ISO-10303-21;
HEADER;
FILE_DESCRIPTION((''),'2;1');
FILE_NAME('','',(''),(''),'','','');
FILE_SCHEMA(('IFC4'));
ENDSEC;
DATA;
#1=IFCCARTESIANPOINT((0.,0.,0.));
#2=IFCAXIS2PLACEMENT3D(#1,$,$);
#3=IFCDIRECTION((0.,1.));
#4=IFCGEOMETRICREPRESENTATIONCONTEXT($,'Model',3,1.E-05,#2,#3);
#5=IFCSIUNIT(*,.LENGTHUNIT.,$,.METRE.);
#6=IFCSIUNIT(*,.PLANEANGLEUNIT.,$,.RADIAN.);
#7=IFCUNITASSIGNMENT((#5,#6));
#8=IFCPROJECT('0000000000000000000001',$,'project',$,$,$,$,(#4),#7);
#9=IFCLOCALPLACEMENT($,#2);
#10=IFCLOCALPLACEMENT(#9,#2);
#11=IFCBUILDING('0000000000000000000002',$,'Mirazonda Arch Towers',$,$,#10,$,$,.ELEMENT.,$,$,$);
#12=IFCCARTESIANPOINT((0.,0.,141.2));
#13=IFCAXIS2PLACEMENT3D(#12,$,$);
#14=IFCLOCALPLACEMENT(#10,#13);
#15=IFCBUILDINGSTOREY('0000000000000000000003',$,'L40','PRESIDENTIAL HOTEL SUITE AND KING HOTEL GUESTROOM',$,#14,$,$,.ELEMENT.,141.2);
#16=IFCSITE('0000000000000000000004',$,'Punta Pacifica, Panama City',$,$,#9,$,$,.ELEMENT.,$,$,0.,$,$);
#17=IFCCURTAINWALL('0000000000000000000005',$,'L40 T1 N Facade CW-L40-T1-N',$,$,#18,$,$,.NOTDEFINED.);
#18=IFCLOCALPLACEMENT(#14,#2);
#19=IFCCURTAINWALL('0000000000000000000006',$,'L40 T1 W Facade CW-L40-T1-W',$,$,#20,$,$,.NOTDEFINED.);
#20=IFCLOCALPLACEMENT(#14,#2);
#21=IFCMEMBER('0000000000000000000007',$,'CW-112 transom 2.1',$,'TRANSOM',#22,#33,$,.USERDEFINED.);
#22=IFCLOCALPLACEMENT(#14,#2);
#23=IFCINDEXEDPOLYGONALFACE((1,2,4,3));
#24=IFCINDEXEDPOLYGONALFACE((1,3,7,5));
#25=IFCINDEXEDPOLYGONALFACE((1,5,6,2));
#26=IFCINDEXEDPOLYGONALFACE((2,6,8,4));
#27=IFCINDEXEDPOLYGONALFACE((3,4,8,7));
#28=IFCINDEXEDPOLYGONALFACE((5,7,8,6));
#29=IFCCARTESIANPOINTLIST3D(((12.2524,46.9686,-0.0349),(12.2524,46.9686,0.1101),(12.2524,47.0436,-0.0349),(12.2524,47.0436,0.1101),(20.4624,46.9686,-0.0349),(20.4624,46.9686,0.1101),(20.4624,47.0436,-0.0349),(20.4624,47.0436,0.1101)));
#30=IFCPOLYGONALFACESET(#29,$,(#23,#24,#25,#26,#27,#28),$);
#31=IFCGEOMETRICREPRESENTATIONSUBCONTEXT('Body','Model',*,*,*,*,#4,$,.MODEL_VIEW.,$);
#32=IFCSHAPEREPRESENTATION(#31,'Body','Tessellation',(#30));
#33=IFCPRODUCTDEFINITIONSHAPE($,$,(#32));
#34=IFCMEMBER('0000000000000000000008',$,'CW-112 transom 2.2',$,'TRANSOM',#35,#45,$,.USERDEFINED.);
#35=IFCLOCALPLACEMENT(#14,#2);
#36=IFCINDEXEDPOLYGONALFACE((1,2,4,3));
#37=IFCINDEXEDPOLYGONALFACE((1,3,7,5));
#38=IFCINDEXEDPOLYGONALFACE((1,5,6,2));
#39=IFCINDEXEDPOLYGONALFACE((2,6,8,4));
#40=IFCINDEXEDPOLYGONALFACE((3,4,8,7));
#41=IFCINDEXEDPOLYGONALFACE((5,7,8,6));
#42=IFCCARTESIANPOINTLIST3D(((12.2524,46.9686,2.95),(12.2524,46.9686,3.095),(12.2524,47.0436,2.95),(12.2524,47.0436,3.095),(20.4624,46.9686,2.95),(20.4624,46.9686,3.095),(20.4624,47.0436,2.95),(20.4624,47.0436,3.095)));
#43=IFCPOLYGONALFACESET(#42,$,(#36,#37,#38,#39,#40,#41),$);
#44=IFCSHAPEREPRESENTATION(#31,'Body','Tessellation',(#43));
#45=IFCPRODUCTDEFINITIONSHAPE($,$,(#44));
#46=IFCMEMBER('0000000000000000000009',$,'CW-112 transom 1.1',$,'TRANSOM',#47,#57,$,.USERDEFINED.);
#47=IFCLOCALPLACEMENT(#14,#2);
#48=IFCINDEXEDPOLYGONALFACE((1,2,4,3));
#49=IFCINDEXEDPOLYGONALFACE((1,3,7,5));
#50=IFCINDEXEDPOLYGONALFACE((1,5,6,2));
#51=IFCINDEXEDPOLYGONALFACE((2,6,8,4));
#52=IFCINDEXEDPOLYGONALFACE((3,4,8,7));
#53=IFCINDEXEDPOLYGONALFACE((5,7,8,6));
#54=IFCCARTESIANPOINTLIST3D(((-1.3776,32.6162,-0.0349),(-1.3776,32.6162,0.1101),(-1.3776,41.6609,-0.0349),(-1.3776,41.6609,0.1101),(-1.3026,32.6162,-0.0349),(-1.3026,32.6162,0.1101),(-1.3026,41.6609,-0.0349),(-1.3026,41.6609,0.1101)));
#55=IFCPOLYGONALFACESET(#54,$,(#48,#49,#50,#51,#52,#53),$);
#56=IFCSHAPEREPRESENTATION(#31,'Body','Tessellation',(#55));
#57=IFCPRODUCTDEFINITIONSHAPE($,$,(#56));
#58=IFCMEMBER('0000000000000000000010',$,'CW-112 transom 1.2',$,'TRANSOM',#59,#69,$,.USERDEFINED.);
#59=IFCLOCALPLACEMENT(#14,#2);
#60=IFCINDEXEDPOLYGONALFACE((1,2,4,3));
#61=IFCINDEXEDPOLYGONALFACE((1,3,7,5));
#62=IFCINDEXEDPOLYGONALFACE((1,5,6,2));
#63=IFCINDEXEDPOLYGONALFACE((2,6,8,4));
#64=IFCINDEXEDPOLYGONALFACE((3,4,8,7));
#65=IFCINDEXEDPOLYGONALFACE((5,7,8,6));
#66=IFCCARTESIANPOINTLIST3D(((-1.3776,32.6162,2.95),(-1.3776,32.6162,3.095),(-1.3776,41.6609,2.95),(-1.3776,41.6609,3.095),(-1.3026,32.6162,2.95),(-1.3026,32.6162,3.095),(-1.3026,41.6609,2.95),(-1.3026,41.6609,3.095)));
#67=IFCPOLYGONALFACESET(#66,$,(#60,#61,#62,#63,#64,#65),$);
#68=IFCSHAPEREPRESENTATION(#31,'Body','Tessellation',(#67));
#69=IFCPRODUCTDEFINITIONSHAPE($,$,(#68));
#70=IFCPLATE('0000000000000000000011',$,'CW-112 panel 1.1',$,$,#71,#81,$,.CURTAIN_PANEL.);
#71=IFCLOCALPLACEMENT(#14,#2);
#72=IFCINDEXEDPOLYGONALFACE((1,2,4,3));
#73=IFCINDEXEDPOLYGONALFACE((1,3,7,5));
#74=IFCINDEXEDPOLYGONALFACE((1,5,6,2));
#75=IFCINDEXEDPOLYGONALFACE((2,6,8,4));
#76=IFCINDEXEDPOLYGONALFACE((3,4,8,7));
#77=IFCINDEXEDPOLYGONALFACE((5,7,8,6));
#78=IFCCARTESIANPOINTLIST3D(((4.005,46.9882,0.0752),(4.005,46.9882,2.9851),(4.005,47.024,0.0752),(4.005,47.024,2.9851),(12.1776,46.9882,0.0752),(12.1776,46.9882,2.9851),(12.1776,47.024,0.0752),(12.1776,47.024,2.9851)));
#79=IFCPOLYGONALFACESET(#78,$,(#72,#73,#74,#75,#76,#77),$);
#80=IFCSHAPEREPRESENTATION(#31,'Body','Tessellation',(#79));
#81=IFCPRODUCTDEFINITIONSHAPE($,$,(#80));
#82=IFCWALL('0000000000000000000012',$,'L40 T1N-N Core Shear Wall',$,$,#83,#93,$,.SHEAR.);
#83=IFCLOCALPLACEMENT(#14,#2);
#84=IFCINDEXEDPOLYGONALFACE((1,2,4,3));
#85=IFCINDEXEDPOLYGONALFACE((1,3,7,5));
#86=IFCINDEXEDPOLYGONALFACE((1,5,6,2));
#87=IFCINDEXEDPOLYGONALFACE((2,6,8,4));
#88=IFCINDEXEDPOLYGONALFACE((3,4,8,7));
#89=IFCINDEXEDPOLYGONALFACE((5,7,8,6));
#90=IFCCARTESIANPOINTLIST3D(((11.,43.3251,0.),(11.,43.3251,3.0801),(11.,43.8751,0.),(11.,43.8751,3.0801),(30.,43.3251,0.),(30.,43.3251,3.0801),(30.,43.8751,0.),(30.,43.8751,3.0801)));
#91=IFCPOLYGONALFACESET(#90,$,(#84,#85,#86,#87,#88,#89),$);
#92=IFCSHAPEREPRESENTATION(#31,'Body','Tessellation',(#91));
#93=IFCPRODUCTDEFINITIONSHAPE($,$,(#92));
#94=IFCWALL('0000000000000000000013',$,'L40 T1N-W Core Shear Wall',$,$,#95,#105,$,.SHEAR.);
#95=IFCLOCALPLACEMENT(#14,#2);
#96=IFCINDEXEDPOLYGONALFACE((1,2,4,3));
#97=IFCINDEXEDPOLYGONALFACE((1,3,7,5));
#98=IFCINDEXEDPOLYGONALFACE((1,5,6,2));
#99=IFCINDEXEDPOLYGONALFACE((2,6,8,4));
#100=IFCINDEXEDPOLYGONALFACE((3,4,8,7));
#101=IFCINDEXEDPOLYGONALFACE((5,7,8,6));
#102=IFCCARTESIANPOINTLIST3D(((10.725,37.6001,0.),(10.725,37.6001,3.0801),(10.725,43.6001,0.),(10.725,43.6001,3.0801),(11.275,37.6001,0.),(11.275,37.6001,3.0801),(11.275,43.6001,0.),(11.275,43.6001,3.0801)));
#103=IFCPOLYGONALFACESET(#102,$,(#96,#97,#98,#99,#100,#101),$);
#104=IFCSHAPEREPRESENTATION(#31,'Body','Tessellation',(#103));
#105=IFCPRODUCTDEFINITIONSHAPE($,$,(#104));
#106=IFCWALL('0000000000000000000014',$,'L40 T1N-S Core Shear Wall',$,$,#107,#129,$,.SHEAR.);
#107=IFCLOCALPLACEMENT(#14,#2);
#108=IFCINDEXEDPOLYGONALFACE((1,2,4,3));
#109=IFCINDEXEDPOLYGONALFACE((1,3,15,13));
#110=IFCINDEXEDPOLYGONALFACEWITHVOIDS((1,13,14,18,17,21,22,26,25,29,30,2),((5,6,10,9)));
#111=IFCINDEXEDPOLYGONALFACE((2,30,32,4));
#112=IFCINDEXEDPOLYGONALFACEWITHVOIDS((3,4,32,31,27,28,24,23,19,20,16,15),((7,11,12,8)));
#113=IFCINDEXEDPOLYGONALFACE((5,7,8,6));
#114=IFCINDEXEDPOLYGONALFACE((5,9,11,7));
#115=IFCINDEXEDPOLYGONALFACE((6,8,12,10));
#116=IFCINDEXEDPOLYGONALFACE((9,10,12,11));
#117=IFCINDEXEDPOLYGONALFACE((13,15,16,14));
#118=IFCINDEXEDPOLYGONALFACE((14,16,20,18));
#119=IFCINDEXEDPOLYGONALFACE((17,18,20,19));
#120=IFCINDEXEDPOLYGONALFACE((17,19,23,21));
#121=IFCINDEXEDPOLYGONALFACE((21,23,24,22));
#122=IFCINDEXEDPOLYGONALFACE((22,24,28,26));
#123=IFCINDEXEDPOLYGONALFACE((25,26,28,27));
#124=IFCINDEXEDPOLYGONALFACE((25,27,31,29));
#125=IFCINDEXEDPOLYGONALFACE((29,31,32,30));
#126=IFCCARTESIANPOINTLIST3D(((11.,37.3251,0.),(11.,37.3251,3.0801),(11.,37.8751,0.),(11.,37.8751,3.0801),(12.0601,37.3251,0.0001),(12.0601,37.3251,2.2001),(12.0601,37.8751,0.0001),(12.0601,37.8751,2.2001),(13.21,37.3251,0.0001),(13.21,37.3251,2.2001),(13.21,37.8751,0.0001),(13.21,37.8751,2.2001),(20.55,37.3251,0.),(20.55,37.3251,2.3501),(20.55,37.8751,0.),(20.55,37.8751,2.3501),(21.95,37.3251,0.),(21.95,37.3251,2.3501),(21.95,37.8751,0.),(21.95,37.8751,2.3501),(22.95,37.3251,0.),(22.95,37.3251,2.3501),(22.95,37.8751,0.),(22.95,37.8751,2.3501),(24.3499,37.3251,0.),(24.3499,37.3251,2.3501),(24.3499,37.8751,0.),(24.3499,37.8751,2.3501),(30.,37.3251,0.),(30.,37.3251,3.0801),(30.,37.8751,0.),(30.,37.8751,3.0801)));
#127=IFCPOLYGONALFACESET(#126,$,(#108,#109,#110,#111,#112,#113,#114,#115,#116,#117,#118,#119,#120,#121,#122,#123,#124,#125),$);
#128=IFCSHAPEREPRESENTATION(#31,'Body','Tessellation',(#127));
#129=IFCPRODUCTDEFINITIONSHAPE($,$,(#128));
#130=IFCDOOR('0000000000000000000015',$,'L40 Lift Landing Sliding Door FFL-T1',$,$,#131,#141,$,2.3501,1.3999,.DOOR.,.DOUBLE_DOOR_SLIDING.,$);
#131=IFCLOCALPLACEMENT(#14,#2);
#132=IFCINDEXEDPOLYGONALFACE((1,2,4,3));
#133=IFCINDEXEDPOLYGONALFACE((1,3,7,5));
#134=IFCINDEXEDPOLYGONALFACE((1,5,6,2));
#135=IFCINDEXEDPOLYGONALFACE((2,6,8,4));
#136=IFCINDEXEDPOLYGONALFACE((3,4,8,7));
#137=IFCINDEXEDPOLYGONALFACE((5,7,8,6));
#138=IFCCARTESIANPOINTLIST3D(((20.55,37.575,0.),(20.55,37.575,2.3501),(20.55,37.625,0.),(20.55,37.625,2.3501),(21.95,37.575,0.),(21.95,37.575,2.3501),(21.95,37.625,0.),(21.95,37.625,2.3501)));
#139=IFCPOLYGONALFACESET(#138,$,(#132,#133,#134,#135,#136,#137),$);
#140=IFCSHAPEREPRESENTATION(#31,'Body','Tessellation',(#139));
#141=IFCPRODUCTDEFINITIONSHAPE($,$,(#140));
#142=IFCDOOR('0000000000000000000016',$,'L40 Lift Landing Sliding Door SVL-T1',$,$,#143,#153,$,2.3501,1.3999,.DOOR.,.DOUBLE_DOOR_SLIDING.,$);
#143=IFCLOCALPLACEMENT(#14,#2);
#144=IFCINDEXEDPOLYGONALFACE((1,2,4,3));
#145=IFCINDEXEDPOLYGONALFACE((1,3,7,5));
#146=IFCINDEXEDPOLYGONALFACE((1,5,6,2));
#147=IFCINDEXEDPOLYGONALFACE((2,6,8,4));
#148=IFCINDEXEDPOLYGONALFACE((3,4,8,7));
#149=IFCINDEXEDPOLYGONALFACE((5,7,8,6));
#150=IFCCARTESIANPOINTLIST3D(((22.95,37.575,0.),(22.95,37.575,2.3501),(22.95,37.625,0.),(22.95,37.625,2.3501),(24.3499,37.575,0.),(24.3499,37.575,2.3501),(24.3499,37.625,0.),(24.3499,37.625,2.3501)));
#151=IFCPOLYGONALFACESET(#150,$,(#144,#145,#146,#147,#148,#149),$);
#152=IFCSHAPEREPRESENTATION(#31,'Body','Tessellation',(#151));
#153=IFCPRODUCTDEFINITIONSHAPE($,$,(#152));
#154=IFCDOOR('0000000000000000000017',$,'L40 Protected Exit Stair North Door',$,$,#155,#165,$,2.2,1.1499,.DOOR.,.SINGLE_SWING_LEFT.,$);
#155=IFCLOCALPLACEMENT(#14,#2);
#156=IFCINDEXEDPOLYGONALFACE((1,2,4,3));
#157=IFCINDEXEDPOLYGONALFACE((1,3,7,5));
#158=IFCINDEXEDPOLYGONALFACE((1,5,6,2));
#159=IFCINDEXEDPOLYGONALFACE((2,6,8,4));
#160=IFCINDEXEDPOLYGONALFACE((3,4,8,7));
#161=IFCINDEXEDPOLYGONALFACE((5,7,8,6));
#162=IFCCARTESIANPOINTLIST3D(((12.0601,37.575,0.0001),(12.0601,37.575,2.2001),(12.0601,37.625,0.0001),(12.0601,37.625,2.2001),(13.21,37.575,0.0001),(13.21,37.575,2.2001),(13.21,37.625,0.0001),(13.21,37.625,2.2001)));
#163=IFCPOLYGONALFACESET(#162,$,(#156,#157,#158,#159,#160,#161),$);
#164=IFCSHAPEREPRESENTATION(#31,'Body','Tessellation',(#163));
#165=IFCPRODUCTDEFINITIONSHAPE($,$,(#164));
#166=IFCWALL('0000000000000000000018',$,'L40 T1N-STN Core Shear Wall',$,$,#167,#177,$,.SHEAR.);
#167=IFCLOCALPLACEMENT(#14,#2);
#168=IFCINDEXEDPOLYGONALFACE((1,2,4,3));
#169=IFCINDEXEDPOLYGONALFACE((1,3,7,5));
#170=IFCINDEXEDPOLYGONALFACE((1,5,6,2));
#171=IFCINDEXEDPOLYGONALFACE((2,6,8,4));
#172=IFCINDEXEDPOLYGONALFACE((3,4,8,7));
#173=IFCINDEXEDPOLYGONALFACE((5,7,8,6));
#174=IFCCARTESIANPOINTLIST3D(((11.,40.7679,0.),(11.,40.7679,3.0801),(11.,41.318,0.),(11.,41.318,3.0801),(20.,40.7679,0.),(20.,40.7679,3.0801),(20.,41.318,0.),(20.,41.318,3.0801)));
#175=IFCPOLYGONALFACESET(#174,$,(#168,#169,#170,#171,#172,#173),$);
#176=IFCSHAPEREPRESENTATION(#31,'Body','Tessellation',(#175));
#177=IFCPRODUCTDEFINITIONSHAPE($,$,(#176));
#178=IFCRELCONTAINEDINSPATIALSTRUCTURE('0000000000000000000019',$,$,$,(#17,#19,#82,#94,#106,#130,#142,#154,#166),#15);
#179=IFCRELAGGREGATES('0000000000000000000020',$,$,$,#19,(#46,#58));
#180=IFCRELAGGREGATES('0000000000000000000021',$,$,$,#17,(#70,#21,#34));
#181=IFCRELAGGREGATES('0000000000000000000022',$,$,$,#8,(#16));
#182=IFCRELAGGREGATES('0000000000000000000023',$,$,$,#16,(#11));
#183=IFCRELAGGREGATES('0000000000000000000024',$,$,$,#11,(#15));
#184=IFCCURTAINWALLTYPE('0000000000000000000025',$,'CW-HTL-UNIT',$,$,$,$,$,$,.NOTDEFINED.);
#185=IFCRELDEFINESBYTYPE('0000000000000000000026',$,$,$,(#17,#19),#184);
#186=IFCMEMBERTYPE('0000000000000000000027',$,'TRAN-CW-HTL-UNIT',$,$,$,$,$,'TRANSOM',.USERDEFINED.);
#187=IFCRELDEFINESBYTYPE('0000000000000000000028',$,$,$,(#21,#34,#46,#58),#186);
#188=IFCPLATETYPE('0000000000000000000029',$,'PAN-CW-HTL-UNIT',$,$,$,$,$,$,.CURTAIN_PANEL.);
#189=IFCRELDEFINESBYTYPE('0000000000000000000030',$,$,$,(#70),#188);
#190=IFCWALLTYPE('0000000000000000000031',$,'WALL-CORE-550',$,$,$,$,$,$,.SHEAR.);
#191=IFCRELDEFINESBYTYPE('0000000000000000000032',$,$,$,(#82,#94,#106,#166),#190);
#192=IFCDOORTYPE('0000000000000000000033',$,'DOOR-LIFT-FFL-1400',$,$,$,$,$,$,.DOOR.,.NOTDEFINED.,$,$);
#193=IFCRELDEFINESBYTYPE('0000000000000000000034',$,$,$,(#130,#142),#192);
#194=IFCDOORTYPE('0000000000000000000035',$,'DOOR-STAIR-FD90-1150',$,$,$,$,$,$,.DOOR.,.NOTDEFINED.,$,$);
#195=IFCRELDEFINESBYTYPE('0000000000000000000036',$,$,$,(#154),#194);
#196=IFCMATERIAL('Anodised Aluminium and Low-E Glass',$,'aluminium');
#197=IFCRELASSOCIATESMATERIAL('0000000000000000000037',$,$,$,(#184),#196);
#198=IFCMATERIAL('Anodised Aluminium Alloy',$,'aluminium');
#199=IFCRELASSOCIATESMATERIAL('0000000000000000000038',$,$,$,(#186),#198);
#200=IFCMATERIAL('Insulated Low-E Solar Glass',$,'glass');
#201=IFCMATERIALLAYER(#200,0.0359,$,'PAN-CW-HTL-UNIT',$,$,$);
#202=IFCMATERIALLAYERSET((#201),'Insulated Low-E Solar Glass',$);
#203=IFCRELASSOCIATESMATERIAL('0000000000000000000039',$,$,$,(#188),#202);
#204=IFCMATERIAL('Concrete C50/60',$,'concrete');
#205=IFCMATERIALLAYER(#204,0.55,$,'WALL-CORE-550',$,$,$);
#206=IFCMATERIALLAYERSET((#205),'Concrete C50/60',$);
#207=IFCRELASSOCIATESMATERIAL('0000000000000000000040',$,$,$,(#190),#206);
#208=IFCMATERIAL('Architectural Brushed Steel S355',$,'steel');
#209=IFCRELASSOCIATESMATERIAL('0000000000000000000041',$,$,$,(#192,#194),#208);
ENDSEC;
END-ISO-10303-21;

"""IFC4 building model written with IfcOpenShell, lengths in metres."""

from ifc_helpers import new_model, si_unit, direction, frame, frame_2d, origin, origin_2d, place, context, subcontext, project, spatial, rectangle, extrude, material, layer, layer_set, material_profile, profile_set, type_object, element, fill, aggregate, save


model = new_model("IFC4")

# Units and contexts
model_context = context("Model", 3, precision=1e-05, world=origin(), true_north=direction((0.0, 1.0)))
body_context = subcontext(model_context, "Body", "Model", "MODEL_VIEW")
ifc_project = project(units=[si_unit("LENGTHUNIT", "METRE"), si_unit("PLANEANGLEUNIT", "RADIAN")], contexts=[model_context])

# Site, building, storey
site_placement = place(None, origin())
site = spatial("IfcSite", under=ifc_project, at=site_placement, Name="Punta Pacifica, Panama City", CompositionType="ELEMENT", RefElevation=0.0)
building_placement = place(site_placement, origin())
building = spatial("IfcBuilding", under=site, at=building_placement, Name="Mirazonda Arch Towers", CompositionType="ELEMENT")
storey_placement = place(building_placement, frame((0.0, 0.0, 141.2)))
storey = spatial("IfcBuildingStorey", under=building, at=storey_placement, Name="L40", Description="PRESIDENTIAL HOTEL SUITE AND KING HOTEL GUESTROOM", CompositionType="ELEMENT", Elevation=141.2)

# Shared definitions
ifc_material_1 = material(Name="Concrete C50/60", Category="concrete")

# Curtain wall
ifc_material_2 = material(Name="Anodised Aluminium and Low-E Glass", Category="aluminium")
curtain_wall_type = type_object("IfcCurtainWallType", Name="CW-HTL-UNIT", PredefinedType="NOTDEFINED", material=ifc_material_2)
curtain_wall_1_placement = place(storey_placement, origin())
curtain_wall_1 = element("IfcCurtainWall", 1, at=curtain_wall_1_placement, inside=storey, type_object=curtain_wall_type, Name="L40 T1 N Facade CW-L40-T1-N", PredefinedType="NOTDEFINED")
ifc_material_3 = material(Name="Anodised Aluminium Alloy", Category="aluminium")

# Curtain wall
curtain_wall_2_placement = place(storey_placement, origin())
curtain_wall_2 = element("IfcCurtainWall", 2, at=curtain_wall_2_placement, inside=storey, type_object=curtain_wall_type, Name="L40 T1 W Facade CW-L40-T1-W", PredefinedType="NOTDEFINED")

# Members
ifc_material_profile_1 = material_profile(ifc_material_3, rectangle(XDim=0.075, YDim=0.145, at=origin_2d()), Name="ALU-TRAN-75x145")
ifc_profile_set_1 = profile_set([ifc_material_profile_1], Name="Anodised Aluminium Alloy")
member_type_1 = type_object("IfcMemberType", Name="TRAN-CW-HTL-UNIT", ElementType="TRANSOM", PredefinedType="USERDEFINED", material=ifc_profile_set_1)
member_1_placement = place(storey_placement, frame((12.2524, 47.0061, 0.0376), z_axis=(1.0, 0.0, 0.0), x_axis=(0.0, 1.0, 0.0)))
member_1 = element("IfcMember", 3, at=member_1_placement, type_object=member_type_1, Name="CW-112 transom 2.1", ObjectType="TRANSOM", PredefinedType="USERDEFINED", context=body_context, shape_type="SweptSolid", body=[
    extrude(rectangle(XDim=0.075, YDim=0.145, at=origin_2d()), origin(), (0.0, 0.0, 1.0), 8.21),
])
member_2_placement = place(storey_placement, frame((12.2524, 47.0061, 3.0225), z_axis=(1.0, 0.0, 0.0), x_axis=(0.0, 1.0, 0.0)))
member_2 = element("IfcMember", 4, at=member_2_placement, type_object=member_type_1, Name="CW-112 transom 2.2", ObjectType="TRANSOM", PredefinedType="USERDEFINED", context=body_context, shape_type="SweptSolid", body=[
    extrude(rectangle(XDim=0.075, YDim=0.145, at=origin_2d()), origin(), (0.0, 0.0, 1.0), 8.21),
])
member_3_placement = place(storey_placement, frame((-1.3401, 41.6609, 0.0376), z_axis=(0.0, -1.0, 0.0), x_axis=(1.0, 0.0, 0.0)))
member_3 = element("IfcMember", 5, at=member_3_placement, type_object=member_type_1, Name="CW-112 transom 1.1", ObjectType="TRANSOM", PredefinedType="USERDEFINED", context=body_context, shape_type="SweptSolid", body=[
    extrude(rectangle(XDim=0.075, YDim=0.145, at=origin_2d()), origin(), (0.0, 0.0, 1.0), 9.0447),
])
member_4_placement = place(storey_placement, frame((-1.3401, 41.6609, 3.0225), z_axis=(0.0, -1.0, 0.0), x_axis=(1.0, 0.0, 0.0)))
member_4 = element("IfcMember", 6, at=member_4_placement, type_object=member_type_1, Name="CW-112 transom 1.2", ObjectType="TRANSOM", PredefinedType="USERDEFINED", context=body_context, shape_type="SweptSolid", body=[
    extrude(rectangle(XDim=0.075, YDim=0.145, at=origin_2d()), origin(), (0.0, 0.0, 1.0), 9.0447),
])
aggregate(curtain_wall_2, [member_3, member_4])

# Plate
ifc_material_4 = material(Name="Insulated Low-E Solar Glass", Category="glass")
ifc_layer_1 = layer(ifc_material_4, 0.0359, Name="PAN-CW-HTL-UNIT")
ifc_layer_set_1 = layer_set([ifc_layer_1], Name="Insulated Low-E Solar Glass")
plate_type = type_object("IfcPlateType", Name="PAN-CW-HTL-UNIT", PredefinedType="CURTAIN_PANEL", material=ifc_layer_set_1)
plate_placement = place(storey_placement, frame((8.0913, 47.0061, 0.0752), z_axis=(0.0, 0.0, 1.0), x_axis=(1.0, 0.0, 0.0)))
plate = element("IfcPlate", 7, at=plate_placement, type_object=plate_type, Name="CW-112 panel 1.1", PredefinedType="CURTAIN_PANEL", context=body_context, shape_type="SweptSolid", body=[
    extrude(rectangle(XDim=8.1726, YDim=0.0359, at=origin_2d()), origin(), (0.0, 0.0, 1.0), 2.9099),
])
aggregate(curtain_wall_1, [plate, member_1, member_2])

# Walls
ifc_layer_2 = layer(ifc_material_1, 0.55, Name="WALL-CORE-550")
ifc_layer_set_2 = layer_set([ifc_layer_2], Name="Concrete C50/60")
wall_type_1 = type_object("IfcWallType", Name="WALL-CORE-550", PredefinedType="SHEAR", material=ifc_layer_set_2)
wall_1_placement = place(storey_placement, frame((11.0, 43.6001, 0.0), z_axis=(0.0, 0.0, 1.0), x_axis=(1.0, 0.0, 0.0)))
element("IfcWall", 8, at=wall_1_placement, inside=storey, type_object=wall_type_1, Name="L40 T1N-N Core Shear Wall", PredefinedType="SHEAR", context=body_context, shape_type="SweptSolid", body=[
    extrude(rectangle(XDim=19.0, YDim=0.55, at=frame_2d((9.5, 0.0))), origin(), (0.0, 0.0, 1.0), 3.0801),
])
wall_2_placement = place(storey_placement, frame((11.0, 37.6001, 0.0), z_axis=(0.0, 0.0, 1.0), x_axis=(0.0, 1.0, 0.0)))
element("IfcWall", 9, at=wall_2_placement, inside=storey, type_object=wall_type_1, Name="L40 T1N-W Core Shear Wall", PredefinedType="SHEAR", context=body_context, shape_type="SweptSolid", body=[
    extrude(rectangle(XDim=6.0, YDim=0.55, at=frame_2d((3.0, 0.0))), origin(), (0.0, 0.0, 1.0), 3.0801),
])

# Wall, openings, doors
wall_3_placement = place(storey_placement, frame((11.0, 37.6001, 0.0), z_axis=(0.0, 0.0, 1.0), x_axis=(1.0, 0.0, 0.0)))
wall_3 = element("IfcWall", 10, at=wall_3_placement, inside=storey, type_object=wall_type_1, Name="L40 T1N-S Core Shear Wall", PredefinedType="SHEAR", context=body_context, shape_type="SweptSolid", body=[
    extrude(rectangle(XDim=19.0, YDim=0.55, at=frame_2d((9.5, 0.0))), origin(), (0.0, 0.0, 1.0), 3.0801),
])
opening_1_placement = place(wall_3_placement, frame((1.0601, 0.0, 0.0)))
opening_1 = element("IfcOpeningElement", 11, at=opening_1_placement, cuts=wall_3, PredefinedType="OPENING", context=body_context, shape_type="SweptSolid", body=[
    extrude(rectangle(XDim=1.1499, YDim=2.2, at=frame_2d((0.575, 1.1001))), frame((0.0, 0.2849, 0.0), z_axis=(0.0, -1.0, 0.0), x_axis=(1.0, 0.0, 0.0)), (0.0, 0.0, 1.0), 0.5701),
])
opening_2_placement = place(wall_3_placement, frame((9.55, 0.0, 0.0)))
opening_2 = element("IfcOpeningElement", 12, at=opening_2_placement, cuts=wall_3, PredefinedType="OPENING", context=body_context, shape_type="SweptSolid", body=[
    extrude(rectangle(XDim=1.3999, YDim=2.3501, at=frame_2d((0.7, 1.175))), frame((0.0, 0.2849, 0.0), z_axis=(0.0, -1.0, 0.0), x_axis=(1.0, 0.0, 0.0)), (0.0, 0.0, 1.0), 0.5701),
])
opening_3_placement = place(wall_3_placement, frame((11.95, 0.0, 0.0)))
opening_3 = element("IfcOpeningElement", 13, at=opening_3_placement, cuts=wall_3, PredefinedType="OPENING", context=body_context, shape_type="SweptSolid", body=[
    extrude(rectangle(XDim=1.3999, YDim=2.3501, at=frame_2d((0.7, 1.175))), frame((0.0, 0.2849, 0.0), z_axis=(0.0, -1.0, 0.0), x_axis=(1.0, 0.0, 0.0)), (0.0, 0.0, 1.0), 0.5701),
])
ifc_material_5 = material(Name="Architectural Brushed Steel S355", Category="steel")
door_type_1 = type_object("IfcDoorType", Name="DOOR-LIFT-FFL-1400", OperationType="NOTDEFINED", PredefinedType="DOOR", material=ifc_material_5)
door_1_placement = place(opening_2_placement, origin())
door_1 = element("IfcDoor", 14, at=door_1_placement, inside=storey, type_object=door_type_1, Name="L40 Lift Landing Sliding Door FFL-T1", OperationType="DOUBLE_DOOR_SLIDING", OverallHeight=2.3501, OverallWidth=1.3999, PredefinedType="DOOR", context=body_context, shape_type="SweptSolid", body=[
    extrude(rectangle(XDim=1.3999, YDim=2.3501, at=frame_2d((0.7, 1.175))), frame((0.0, 0.0249, 0.0), z_axis=(0.0, -1.0, 0.0), x_axis=(1.0, 0.0, 0.0)), (0.0, 0.0, 1.0), 0.05),
])
fill(opening_2, door_1)
door_2_placement = place(opening_3_placement, origin())
door_2 = element("IfcDoor", 15, at=door_2_placement, inside=storey, type_object=door_type_1, Name="L40 Lift Landing Sliding Door SVL-T1", OperationType="DOUBLE_DOOR_SLIDING", OverallHeight=2.3501, OverallWidth=1.3999, PredefinedType="DOOR", context=body_context, shape_type="SweptSolid", body=[
    extrude(rectangle(XDim=1.3999, YDim=2.3501, at=frame_2d((0.7, 1.175))), frame((0.0, 0.0249, 0.0), z_axis=(0.0, -1.0, 0.0), x_axis=(1.0, 0.0, 0.0)), (0.0, 0.0, 1.0), 0.05),
])
fill(opening_3, door_2)
door_type_2 = type_object("IfcDoorType", Name="DOOR-STAIR-FD90-1150", OperationType="NOTDEFINED", PredefinedType="DOOR", material=ifc_material_5)
door_3_placement = place(opening_1_placement, origin())
door_3 = element("IfcDoor", 16, at=door_3_placement, inside=storey, type_object=door_type_2, Name="L40 Protected Exit Stair North Door", OperationType="SINGLE_SWING_LEFT", OverallHeight=2.2, OverallWidth=1.1499, PredefinedType="DOOR", context=body_context, shape_type="SweptSolid", body=[
    extrude(rectangle(XDim=1.1499, YDim=2.2, at=frame_2d((0.575, 1.1001))), frame((0.0, 0.0249, 0.0), z_axis=(0.0, -1.0, 0.0), x_axis=(1.0, 0.0, 0.0)), (0.0, 0.0, 1.0), 0.05),
])
fill(opening_1, door_3)

# Wall
wall_4_placement = place(storey_placement, frame((11.0, 41.043, 0.0), z_axis=(0.0, 0.0, 1.0), x_axis=(1.0, 0.0, 0.0)))
element("IfcWall", 17, at=wall_4_placement, inside=storey, type_object=wall_type_1, Name="L40 T1N-STN Core Shear Wall", PredefinedType="SHEAR", context=body_context, shape_type="SweptSolid", body=[
    extrude(rectangle(XDim=9.0, YDim=0.55, at=frame_2d((4.5, 0.0))), origin(), (0.0, 0.0, 1.0), 3.0801),
])

save(model, "model.ifc")
